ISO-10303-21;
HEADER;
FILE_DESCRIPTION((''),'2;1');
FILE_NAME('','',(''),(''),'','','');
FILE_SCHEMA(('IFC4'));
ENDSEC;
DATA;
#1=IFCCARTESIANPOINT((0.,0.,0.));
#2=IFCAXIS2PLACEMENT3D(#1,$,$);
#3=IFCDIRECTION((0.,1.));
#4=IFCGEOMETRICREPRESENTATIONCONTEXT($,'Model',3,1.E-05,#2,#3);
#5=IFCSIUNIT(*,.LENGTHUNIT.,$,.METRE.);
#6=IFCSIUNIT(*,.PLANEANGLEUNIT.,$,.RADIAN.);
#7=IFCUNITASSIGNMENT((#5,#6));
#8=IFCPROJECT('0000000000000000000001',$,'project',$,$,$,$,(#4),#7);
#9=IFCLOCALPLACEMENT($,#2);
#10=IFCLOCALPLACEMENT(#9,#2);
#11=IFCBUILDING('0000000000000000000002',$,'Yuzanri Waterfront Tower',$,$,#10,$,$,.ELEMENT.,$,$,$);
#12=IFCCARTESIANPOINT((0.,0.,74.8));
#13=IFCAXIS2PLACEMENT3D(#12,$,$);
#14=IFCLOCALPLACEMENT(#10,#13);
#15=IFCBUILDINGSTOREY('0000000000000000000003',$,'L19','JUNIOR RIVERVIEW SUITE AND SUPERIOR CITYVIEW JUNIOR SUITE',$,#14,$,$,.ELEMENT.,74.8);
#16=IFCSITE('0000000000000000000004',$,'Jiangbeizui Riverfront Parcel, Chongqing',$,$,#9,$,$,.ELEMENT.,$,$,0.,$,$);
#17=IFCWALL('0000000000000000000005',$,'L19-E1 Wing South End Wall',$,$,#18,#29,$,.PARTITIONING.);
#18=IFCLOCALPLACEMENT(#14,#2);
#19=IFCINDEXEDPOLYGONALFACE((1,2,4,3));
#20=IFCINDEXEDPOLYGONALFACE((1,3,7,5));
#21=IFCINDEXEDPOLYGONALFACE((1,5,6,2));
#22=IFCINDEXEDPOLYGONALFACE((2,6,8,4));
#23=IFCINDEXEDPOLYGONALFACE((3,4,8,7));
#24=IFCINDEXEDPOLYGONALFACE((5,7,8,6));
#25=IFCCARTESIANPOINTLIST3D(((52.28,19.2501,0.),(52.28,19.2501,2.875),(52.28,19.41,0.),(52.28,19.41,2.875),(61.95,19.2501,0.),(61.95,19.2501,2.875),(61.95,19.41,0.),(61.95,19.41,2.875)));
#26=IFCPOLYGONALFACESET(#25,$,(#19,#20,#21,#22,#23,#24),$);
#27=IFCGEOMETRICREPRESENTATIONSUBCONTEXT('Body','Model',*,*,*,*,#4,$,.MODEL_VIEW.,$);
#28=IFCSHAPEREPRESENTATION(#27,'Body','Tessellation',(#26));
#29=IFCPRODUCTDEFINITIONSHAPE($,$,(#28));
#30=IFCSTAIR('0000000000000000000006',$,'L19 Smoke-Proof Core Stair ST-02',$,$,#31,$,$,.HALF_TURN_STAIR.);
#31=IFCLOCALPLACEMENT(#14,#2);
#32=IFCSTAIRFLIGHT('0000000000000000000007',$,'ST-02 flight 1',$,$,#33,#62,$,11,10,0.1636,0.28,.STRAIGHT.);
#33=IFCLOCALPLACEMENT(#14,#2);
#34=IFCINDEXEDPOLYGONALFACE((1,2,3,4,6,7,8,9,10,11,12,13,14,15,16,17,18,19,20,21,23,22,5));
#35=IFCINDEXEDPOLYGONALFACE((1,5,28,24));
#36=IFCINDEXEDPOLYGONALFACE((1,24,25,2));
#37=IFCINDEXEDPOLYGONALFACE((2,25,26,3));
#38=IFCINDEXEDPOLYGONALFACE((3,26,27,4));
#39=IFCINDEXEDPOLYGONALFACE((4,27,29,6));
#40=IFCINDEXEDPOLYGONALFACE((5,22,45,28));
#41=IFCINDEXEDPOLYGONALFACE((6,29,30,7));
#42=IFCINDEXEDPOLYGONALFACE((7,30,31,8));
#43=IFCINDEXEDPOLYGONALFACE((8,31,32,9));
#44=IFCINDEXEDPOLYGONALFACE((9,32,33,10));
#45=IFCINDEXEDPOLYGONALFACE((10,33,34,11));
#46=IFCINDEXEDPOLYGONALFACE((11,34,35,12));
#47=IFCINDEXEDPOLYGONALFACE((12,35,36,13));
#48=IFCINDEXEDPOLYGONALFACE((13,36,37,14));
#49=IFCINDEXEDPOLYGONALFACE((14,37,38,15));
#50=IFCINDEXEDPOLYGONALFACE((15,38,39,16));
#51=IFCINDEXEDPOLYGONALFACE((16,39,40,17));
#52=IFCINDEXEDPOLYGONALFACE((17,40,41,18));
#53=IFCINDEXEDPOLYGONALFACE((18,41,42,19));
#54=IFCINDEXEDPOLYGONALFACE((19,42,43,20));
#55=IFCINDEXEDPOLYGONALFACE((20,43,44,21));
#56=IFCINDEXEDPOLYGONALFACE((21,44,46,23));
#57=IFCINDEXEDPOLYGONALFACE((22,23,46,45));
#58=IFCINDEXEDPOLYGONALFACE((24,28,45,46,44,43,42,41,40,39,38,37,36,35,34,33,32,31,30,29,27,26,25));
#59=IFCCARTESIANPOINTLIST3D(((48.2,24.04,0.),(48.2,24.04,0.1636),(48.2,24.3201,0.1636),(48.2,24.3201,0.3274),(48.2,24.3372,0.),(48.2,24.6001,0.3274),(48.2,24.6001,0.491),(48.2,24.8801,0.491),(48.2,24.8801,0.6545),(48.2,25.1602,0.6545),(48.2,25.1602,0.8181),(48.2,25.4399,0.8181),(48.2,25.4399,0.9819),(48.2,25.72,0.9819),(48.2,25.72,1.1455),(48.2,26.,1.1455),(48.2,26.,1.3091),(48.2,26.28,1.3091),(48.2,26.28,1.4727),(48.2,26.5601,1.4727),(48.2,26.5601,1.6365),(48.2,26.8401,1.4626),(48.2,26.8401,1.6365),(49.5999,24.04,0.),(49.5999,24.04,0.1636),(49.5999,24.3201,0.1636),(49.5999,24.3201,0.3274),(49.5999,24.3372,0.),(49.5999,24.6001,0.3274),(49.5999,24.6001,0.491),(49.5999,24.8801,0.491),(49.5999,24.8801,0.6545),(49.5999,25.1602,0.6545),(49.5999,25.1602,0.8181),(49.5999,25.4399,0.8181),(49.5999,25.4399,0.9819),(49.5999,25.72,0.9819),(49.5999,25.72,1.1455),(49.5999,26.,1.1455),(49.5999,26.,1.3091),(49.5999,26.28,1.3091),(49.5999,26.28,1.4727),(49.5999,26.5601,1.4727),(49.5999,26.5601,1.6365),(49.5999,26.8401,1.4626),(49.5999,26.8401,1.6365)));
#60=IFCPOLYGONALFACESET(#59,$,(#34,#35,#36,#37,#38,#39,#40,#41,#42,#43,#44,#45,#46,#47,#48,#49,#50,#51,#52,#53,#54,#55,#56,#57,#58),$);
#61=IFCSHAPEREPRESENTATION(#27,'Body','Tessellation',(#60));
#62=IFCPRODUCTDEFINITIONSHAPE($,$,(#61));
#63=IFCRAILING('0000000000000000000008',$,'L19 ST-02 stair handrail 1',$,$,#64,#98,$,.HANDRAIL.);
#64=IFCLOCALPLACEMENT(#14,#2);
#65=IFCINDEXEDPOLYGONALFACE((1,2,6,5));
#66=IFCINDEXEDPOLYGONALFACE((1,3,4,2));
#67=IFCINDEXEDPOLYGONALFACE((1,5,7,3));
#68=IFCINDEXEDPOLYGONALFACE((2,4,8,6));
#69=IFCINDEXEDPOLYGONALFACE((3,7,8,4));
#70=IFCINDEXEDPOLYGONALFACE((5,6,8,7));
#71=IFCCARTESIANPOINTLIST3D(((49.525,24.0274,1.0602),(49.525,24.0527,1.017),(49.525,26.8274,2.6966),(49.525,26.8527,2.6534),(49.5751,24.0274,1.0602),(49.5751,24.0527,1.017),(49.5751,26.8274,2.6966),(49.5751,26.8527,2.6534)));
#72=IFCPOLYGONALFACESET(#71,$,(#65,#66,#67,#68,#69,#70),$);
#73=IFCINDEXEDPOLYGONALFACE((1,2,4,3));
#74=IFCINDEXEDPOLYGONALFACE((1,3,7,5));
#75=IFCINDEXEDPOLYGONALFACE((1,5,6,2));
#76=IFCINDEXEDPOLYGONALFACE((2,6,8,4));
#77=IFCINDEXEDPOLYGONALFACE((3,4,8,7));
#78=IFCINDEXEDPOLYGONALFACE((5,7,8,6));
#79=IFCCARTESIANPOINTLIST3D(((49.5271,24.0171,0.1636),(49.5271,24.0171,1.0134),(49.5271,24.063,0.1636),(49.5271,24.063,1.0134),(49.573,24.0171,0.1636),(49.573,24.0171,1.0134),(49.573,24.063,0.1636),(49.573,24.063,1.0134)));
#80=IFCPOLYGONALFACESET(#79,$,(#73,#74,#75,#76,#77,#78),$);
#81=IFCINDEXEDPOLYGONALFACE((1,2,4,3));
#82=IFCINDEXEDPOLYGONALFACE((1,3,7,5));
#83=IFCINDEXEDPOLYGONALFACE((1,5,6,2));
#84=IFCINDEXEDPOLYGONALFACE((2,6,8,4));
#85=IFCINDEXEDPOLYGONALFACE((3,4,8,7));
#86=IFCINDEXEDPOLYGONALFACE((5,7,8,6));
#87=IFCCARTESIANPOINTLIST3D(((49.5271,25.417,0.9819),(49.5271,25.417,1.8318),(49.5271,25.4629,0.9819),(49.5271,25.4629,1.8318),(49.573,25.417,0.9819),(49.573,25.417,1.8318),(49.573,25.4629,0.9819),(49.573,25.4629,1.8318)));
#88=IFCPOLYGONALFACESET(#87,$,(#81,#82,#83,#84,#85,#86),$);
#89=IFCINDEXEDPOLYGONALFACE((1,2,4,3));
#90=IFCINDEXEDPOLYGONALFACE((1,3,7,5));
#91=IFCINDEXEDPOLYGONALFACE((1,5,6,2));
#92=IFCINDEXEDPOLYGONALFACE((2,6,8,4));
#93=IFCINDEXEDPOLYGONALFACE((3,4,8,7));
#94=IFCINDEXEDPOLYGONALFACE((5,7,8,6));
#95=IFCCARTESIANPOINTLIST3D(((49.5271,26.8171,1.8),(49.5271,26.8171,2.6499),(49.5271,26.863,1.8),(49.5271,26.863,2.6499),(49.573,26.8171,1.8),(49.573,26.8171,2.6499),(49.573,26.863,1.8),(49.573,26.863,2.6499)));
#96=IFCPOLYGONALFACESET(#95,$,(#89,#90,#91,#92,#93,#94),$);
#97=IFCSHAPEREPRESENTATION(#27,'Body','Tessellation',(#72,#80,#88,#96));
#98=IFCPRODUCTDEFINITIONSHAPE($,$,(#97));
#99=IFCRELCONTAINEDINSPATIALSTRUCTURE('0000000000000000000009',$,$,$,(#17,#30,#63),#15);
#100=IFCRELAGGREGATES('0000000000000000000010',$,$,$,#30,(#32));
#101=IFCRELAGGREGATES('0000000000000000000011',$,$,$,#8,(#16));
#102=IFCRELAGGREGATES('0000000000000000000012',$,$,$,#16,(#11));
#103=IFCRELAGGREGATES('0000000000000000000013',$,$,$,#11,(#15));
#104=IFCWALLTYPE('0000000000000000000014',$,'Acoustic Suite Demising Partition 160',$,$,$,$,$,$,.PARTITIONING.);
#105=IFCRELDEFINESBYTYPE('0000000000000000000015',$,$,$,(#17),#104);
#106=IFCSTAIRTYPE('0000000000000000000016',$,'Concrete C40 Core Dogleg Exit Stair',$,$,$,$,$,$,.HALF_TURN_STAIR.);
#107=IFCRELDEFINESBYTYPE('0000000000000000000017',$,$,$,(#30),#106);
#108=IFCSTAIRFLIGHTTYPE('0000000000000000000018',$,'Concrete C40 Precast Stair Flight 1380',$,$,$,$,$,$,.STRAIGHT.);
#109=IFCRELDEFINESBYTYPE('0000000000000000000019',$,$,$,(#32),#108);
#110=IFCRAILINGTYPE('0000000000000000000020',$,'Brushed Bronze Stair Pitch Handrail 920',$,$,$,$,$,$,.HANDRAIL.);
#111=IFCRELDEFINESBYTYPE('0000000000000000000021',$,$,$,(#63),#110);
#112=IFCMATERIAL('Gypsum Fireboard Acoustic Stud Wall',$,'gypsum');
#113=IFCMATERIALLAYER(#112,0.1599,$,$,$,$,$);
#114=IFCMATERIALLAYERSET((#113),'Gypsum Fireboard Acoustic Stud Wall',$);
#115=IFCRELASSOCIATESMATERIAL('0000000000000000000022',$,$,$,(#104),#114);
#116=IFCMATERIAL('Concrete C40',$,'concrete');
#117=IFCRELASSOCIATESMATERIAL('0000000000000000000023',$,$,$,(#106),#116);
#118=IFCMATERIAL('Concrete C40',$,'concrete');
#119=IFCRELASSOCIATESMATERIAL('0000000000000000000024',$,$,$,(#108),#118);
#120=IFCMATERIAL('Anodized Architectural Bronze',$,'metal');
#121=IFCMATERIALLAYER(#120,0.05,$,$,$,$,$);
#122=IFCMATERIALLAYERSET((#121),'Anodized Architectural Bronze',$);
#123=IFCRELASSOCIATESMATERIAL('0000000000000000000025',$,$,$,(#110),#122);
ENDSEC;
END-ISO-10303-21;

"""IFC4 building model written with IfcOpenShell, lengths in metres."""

from ifc_helpers import new_model, si_unit, direction, frame, frame_2d, origin, origin_2d, place, context, subcontext, project, spatial, polyline, rectangle, outline, extrude, source, transform, mapped, material, layer, layer_set, type_object, element, aggregate, save


model = new_model("IFC4")

# Units and contexts
model_context = context("Model", 3, precision=1e-05, world=origin(), true_north=direction((0.0, 1.0)))
body_context = subcontext(model_context, "Body", "Model", "MODEL_VIEW")
ifc_project = project(units=[si_unit("LENGTHUNIT", "METRE"), si_unit("PLANEANGLEUNIT", "RADIAN")], contexts=[model_context])

# Site, building, storey
site_placement = place(None, origin())
site = spatial("IfcSite", under=ifc_project, at=site_placement, Name="Jiangbeizui Riverfront Parcel, Chongqing", CompositionType="ELEMENT", RefElevation=0.0)
building_placement = place(site_placement, origin())
building = spatial("IfcBuilding", under=site, at=building_placement, Name="Yuzanri Waterfront Tower", CompositionType="ELEMENT")
storey_placement = place(building_placement, frame((0.0, 0.0, 74.8)))
storey = spatial("IfcBuildingStorey", under=building, at=storey_placement, Name="L19", Description="JUNIOR RIVERVIEW SUITE AND SUPERIOR CITYVIEW JUNIOR SUITE", CompositionType="ELEMENT", Elevation=74.8)

# Wall
ifc_material_1 = material(Name="Gypsum Fireboard Acoustic Stud Wall", Category="gypsum")
ifc_layer_1 = layer(ifc_material_1, 0.1599)
ifc_layer_set_1 = layer_set([ifc_layer_1], Name="Gypsum Fireboard Acoustic Stud Wall")
wall_type_1 = type_object("IfcWallType", Name="Acoustic Suite Demising Partition 160", PredefinedType="PARTITIONING", material=ifc_layer_set_1)
shared_shape_1 = source(origin(), body_context, "Body", "SweptSolid", [
    extrude(rectangle(XDim=9.6699, YDim=0.1599, at=frame_2d((4.835, 0.0))), origin(), (0.0, 0.0, 1.0), 2.875),
])
wall_1_placement = place(storey_placement, frame((52.28, 19.3301, 0.0), z_axis=(0.0, 0.0, 1.0), x_axis=(1.0, 0.0, 0.0)))
element("IfcWall", 1, at=wall_1_placement, inside=storey, type_object=wall_type_1, Name="L19-E1 Wing South End Wall", PredefinedType="PARTITIONING", context=body_context, shape_type="MappedRepresentation", body=[
    mapped(shared_shape_1, transform((0.0, 0.0, 0.0), scale=1.0)),
])

# Stair, stair flight
ifc_material_2 = material(Name="Concrete C40", Category="concrete")
stair_type = type_object("IfcStairType", Name="Concrete C40 Core Dogleg Exit Stair", PredefinedType="HALF_TURN_STAIR", material=ifc_material_2)
stair_placement = place(storey_placement, origin())
stair = element("IfcStair", 2, at=stair_placement, inside=storey, type_object=stair_type, Name="L19 Smoke-Proof Core Stair ST-02", PredefinedType="HALF_TURN_STAIR")
ifc_material_3 = material(Name="Concrete C40", Category="concrete")
stair_flight_type = type_object("IfcStairFlightType", Name="Concrete C40 Precast Stair Flight 1380", PredefinedType="STRAIGHT", material=ifc_material_3)
shared_shape_2 = source(origin(), body_context, "Body", "SweptSolid", [
    extrude(outline(polyline([(0.0, 0.0), (0.0, 0.1636), (0.28, 0.1636), (0.28, 0.3274), (0.5601, 0.3274), (0.5601, 0.491), (0.8401, 0.491), (0.8401, 0.6545), (1.1201, 0.6545), (1.1201, 0.8181), (1.3999, 0.8181), (1.3999, 0.9819), (1.6799, 0.9819), (1.6799, 1.1455), (1.96, 1.1455), (1.96, 1.3091), (2.24, 1.3091), (2.24, 1.4727), (2.52, 1.4727), (2.52, 1.6365), (2.8, 1.6365), (2.8, 1.8), (2.8, 1.4626), (0.2971, 0.0), (0.0, 0.0)])), frame((0.0, 0.7, 0.0), z_axis=(0.0, -1.0, 0.0), x_axis=(1.0, 0.0, 0.0)), (0.0, 0.0, 1.0), 1.3999),
])
stair_flight_placement = place(storey_placement, frame((48.8999, 24.04, 0.0), z_axis=(0.0, 0.0, 1.0), x_axis=(0.0, 1.0, 0.0)))
stair_flight = element("IfcStairFlight", 3, at=stair_flight_placement, type_object=stair_flight_type, Name="ST-02 flight 1", NumberOfRisers=11, NumberOfTreads=10, PredefinedType="STRAIGHT", RiserHeight=0.1636, TreadLength=0.28, context=body_context, shape_type="MappedRepresentation", body=[
    mapped(shared_shape_2, transform((0.0, 0.0, 0.0), scale=1.0)),
])
aggregate(stair, [stair_flight])

# Railing
ifc_material_4 = material(Name="Anodized Architectural Bronze", Category="metal")
ifc_layer_2 = layer(ifc_material_4, 0.05)
ifc_layer_set_2 = layer_set([ifc_layer_2], Name="Anodized Architectural Bronze")
railing_type = type_object("IfcRailingType", Name="Brushed Bronze Stair Pitch Handrail 920", PredefinedType="HANDRAIL", material=ifc_layer_set_2)
shared_shape_3 = source(origin(), body_context, "Body", "SweptSolid", [
    extrude(rectangle(XDim=0.05, YDim=0.05, at=origin_2d()), frame((0.0, 0.0, 0.875), z_axis=(0.0, 0.863361, 0.504587), x_axis=(-1.0, 0.0, 0.0)), (0.0, 0.0, 1.0), 3.2432),
    extrude(rectangle(XDim=0.0459, YDim=0.0459, at=origin_2d()), origin(), (0.0, 0.0, 1.0), 0.8499),
    extrude(rectangle(XDim=0.0459, YDim=0.0459, at=origin_2d()), frame((0.0, 1.3999, 0.8184)), (0.0, 0.0, 1.0), 0.8499),
    extrude(rectangle(XDim=0.0459, YDim=0.0459, at=origin_2d()), frame((0.0, 2.8, 1.6365)), (0.0, 0.0, 1.0), 0.8499),
])
railing_placement = place(storey_placement, frame((49.55, 24.04, 0.1636)))
element("IfcRailing", 4, at=railing_placement, inside=storey, type_object=railing_type, Name="L19 ST-02 stair handrail 1", PredefinedType="HANDRAIL", context=body_context, shape_type="MappedRepresentation", body=[
    mapped(shared_shape_3, transform((0.0, 0.0, 0.0), scale=1.0)),
])

save(model, "model.ifc")
